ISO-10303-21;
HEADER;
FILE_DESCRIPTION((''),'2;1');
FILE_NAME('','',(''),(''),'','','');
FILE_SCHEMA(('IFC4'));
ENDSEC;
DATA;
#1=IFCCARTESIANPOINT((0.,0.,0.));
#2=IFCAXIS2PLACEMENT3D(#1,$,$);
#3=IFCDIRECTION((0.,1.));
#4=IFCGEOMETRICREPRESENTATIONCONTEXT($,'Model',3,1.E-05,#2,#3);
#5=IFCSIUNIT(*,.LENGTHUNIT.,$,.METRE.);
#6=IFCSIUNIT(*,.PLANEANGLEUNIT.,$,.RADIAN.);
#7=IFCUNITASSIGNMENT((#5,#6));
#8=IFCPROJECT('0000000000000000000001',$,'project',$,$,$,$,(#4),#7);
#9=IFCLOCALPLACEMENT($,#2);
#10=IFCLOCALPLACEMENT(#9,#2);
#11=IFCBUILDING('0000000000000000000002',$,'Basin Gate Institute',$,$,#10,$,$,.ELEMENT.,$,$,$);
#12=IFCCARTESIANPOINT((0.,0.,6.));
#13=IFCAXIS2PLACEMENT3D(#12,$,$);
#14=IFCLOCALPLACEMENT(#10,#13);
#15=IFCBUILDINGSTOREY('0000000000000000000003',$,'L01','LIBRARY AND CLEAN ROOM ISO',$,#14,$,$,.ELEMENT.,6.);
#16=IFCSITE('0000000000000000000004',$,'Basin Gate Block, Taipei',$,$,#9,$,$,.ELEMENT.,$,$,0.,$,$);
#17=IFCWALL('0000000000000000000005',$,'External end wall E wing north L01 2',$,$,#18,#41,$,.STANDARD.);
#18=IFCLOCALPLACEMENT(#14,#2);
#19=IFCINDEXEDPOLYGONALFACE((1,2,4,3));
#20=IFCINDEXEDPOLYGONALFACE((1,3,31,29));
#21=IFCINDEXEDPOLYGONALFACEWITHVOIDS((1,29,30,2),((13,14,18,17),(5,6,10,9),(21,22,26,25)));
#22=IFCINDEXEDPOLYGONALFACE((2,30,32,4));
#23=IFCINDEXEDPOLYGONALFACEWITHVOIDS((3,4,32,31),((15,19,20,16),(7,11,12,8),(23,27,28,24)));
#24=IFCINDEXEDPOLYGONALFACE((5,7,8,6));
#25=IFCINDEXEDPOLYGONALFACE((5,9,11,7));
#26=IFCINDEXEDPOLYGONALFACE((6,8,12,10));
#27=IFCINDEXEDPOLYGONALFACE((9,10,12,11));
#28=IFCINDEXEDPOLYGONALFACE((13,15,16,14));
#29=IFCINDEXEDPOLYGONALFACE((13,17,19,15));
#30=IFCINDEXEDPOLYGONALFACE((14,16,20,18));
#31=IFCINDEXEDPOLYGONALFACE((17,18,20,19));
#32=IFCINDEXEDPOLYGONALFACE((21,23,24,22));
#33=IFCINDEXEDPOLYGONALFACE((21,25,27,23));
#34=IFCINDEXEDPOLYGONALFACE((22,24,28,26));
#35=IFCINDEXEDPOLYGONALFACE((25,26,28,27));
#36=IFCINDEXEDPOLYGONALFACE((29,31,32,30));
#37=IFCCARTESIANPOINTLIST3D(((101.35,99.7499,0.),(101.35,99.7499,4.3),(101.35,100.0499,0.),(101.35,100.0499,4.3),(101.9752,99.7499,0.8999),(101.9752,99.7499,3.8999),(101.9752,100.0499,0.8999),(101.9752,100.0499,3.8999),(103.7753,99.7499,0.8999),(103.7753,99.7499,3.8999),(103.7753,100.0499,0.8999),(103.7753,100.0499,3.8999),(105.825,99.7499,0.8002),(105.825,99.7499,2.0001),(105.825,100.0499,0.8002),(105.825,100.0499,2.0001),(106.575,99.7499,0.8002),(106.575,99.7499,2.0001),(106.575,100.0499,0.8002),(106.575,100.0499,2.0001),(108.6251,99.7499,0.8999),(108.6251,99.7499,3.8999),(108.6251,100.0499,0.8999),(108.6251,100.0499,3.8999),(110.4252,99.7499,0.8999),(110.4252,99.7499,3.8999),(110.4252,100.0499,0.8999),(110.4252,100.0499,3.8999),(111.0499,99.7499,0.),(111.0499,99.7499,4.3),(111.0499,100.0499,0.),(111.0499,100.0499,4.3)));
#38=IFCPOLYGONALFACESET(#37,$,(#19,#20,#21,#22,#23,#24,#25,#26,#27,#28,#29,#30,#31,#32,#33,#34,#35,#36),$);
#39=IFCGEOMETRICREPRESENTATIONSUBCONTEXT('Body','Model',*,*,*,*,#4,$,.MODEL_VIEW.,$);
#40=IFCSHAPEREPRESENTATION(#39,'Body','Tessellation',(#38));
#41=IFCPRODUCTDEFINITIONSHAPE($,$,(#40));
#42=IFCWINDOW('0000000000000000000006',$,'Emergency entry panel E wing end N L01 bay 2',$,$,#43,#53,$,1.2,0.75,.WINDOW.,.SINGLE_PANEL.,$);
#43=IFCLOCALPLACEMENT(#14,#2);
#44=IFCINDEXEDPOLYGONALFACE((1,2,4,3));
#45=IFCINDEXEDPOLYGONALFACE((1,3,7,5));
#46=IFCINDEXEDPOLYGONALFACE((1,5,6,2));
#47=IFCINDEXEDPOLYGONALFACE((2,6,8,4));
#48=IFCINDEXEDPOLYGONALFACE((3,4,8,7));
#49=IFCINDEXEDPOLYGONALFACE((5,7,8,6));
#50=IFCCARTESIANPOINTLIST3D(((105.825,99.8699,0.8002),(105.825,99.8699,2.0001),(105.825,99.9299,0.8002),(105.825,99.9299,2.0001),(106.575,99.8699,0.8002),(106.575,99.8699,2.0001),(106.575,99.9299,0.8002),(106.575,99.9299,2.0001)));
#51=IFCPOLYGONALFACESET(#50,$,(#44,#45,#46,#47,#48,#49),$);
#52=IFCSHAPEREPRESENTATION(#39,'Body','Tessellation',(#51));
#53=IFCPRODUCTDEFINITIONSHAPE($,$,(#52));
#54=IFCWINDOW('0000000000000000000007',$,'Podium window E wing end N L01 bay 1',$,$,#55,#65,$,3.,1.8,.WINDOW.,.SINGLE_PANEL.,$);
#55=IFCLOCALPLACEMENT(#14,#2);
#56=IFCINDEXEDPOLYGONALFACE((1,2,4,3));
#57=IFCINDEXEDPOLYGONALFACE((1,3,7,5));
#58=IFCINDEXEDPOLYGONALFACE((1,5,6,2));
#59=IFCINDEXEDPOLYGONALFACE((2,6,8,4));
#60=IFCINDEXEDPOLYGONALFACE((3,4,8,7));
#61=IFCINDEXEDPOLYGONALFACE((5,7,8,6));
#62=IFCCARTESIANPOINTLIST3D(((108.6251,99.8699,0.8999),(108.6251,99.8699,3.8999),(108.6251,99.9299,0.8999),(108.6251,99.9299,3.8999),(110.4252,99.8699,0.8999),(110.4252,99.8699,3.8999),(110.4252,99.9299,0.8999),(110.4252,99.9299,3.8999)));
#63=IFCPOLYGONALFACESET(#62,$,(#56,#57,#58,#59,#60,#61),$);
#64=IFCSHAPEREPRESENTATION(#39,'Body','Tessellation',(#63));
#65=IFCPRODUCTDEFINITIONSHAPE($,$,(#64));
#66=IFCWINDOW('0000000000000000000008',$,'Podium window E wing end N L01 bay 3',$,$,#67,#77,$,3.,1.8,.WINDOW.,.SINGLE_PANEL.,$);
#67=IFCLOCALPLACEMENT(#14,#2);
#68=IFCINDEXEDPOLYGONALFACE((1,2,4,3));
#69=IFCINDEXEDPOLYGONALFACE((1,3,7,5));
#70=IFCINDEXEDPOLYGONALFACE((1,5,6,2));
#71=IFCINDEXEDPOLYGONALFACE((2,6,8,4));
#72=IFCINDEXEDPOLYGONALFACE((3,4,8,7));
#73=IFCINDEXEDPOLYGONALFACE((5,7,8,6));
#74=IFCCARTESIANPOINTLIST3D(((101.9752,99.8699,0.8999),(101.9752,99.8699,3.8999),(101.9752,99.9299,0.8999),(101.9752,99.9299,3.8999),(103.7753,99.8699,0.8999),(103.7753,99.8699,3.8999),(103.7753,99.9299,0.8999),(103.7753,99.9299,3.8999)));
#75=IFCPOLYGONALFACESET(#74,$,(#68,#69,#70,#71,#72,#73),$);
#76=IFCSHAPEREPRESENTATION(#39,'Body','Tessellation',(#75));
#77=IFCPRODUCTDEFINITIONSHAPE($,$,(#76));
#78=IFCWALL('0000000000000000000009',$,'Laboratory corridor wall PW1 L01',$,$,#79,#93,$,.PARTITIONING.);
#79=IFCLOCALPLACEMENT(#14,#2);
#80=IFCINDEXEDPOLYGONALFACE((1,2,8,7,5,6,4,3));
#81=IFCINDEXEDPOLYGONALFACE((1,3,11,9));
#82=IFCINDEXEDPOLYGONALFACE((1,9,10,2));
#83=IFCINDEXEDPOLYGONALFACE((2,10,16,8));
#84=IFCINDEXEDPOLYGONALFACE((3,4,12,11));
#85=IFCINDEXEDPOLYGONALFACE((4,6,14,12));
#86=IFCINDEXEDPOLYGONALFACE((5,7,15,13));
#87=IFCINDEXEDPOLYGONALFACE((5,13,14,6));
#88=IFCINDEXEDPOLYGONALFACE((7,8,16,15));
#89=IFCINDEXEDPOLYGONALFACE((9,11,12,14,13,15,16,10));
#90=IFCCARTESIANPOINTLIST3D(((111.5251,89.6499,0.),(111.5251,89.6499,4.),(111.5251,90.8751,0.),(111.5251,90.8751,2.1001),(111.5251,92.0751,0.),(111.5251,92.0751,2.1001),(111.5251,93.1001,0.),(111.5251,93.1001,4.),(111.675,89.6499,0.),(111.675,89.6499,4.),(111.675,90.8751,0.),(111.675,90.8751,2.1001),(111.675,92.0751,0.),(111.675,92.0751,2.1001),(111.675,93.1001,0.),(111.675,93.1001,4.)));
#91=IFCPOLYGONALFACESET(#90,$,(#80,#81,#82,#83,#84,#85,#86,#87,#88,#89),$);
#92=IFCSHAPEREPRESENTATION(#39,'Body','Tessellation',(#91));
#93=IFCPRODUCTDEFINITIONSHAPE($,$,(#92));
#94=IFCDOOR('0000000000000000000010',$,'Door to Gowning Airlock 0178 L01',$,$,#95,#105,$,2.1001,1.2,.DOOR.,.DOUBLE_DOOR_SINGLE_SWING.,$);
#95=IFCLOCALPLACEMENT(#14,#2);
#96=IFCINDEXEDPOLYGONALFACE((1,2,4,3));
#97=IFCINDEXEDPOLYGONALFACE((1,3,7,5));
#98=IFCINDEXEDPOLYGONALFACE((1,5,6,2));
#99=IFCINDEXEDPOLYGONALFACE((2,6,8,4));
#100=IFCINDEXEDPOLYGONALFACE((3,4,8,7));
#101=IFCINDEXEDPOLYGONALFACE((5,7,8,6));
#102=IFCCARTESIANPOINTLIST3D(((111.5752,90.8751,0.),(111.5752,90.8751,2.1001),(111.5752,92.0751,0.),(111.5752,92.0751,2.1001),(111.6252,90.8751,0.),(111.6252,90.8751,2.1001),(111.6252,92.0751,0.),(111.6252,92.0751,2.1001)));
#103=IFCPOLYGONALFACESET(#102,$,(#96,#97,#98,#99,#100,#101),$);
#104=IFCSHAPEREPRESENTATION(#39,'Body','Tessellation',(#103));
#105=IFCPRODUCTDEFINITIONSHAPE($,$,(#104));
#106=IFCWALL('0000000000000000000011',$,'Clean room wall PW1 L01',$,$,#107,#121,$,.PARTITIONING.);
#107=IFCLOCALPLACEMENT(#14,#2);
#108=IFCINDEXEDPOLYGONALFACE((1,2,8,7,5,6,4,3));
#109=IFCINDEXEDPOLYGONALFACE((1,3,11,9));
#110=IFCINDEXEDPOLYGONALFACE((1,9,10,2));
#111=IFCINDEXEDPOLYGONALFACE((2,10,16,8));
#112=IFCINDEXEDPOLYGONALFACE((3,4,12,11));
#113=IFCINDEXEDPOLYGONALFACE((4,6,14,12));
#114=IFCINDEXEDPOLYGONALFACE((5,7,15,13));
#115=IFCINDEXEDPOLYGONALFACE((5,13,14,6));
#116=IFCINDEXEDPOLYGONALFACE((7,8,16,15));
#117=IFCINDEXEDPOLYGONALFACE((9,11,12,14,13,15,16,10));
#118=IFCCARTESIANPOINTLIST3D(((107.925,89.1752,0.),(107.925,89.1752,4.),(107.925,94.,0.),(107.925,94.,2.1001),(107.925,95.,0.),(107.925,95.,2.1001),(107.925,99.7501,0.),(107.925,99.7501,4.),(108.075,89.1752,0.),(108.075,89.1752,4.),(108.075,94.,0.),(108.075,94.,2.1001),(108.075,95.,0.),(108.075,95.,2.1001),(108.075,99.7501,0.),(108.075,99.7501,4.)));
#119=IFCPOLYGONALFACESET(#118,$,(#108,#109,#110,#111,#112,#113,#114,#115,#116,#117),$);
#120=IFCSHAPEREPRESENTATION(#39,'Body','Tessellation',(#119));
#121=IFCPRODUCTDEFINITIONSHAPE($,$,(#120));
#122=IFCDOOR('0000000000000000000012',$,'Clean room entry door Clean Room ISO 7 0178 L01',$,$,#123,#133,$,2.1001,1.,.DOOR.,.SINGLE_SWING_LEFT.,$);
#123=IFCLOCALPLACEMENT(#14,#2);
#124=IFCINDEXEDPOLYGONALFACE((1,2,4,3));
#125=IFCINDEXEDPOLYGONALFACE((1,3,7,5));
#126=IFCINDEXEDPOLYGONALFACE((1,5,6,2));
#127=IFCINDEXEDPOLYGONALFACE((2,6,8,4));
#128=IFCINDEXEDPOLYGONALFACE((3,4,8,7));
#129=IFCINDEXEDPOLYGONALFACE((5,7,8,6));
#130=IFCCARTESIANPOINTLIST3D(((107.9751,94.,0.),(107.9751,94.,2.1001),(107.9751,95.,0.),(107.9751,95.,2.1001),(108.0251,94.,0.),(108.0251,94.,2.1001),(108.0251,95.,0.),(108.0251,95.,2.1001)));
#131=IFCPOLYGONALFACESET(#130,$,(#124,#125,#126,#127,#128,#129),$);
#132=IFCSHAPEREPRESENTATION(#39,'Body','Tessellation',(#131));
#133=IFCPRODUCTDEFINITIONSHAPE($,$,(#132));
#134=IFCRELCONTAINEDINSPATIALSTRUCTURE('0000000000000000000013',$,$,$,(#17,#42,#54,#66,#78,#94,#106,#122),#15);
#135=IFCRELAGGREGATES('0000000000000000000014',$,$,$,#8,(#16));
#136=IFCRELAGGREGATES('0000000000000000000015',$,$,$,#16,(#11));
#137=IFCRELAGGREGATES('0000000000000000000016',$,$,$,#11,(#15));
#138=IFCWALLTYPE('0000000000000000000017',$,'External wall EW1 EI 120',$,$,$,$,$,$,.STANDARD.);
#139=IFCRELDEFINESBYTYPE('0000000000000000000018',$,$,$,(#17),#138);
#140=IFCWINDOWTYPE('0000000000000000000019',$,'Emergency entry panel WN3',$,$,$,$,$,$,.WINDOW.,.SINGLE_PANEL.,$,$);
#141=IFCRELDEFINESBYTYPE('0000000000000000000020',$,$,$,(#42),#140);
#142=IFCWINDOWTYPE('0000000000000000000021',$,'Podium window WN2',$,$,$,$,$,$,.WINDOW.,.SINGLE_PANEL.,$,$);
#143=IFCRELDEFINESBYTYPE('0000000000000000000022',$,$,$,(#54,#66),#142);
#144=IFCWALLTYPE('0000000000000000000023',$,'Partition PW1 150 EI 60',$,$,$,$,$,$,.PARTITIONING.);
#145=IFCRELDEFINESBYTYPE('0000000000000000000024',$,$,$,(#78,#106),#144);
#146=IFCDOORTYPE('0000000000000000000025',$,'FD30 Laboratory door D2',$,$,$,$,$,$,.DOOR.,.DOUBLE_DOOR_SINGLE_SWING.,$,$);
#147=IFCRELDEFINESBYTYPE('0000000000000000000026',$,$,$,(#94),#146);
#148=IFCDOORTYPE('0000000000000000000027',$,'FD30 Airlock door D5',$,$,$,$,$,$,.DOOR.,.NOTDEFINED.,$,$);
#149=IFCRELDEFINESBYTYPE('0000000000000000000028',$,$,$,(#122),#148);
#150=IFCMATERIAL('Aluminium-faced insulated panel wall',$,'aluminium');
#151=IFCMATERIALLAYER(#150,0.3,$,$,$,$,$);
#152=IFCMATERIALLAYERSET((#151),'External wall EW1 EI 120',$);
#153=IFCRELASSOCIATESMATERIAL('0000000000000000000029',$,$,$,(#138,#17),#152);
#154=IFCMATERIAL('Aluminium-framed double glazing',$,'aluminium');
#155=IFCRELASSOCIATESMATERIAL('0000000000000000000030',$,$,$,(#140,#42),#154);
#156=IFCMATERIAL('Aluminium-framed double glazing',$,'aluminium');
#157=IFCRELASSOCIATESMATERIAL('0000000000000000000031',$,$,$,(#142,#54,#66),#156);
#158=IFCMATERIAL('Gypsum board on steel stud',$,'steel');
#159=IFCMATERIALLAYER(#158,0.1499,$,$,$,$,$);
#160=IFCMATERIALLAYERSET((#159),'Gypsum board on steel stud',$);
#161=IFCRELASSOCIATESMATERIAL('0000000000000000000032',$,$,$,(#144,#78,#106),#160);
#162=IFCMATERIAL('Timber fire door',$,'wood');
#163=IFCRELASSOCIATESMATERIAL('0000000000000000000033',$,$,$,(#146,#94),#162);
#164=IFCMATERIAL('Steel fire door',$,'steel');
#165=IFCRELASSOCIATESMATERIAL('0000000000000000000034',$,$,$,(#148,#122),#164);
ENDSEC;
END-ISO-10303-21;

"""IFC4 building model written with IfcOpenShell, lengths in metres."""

from ifc_helpers import new_model, si_unit, direction, frame, frame_2d, origin, place, context, subcontext, project, spatial, rectangle, extrude, material, layer, layer_set, type_object, element, fill, save


model = new_model("IFC4")

# Units and contexts
model_context = context("Model", 3, precision=1e-05, world=origin(), true_north=direction((0.0, 1.0)))
body_context = subcontext(model_context, "Body", "Model", "MODEL_VIEW")
ifc_project = project(units=[si_unit("LENGTHUNIT", "METRE"), si_unit("PLANEANGLEUNIT", "RADIAN")], contexts=[model_context])

# Site, building, storey
site_placement = place(None, origin())
site = spatial("IfcSite", under=ifc_project, at=site_placement, Name="Basin Gate Block, Taipei", CompositionType="ELEMENT", RefElevation=0.0)
building_placement = place(site_placement, origin())
building = spatial("IfcBuilding", under=site, at=building_placement, Name="Basin Gate Institute", CompositionType="ELEMENT")
storey_placement = place(building_placement, frame((0.0, 0.0, 6.0)))
storey = spatial("IfcBuildingStorey", under=building, at=storey_placement, Name="L01", Description="LIBRARY AND CLEAN ROOM ISO", CompositionType="ELEMENT", Elevation=6.0)

# Wall, openings, windows
ifc_material_1 = material(Name="Aluminium-faced insulated panel wall", Category="aluminium")
ifc_layer_1 = layer(ifc_material_1, 0.3)
ifc_layer_set_1 = layer_set([ifc_layer_1], Name="External wall EW1 EI 120")
wall_type_1 = type_object("IfcWallType", Name="External wall EW1 EI 120", PredefinedType="STANDARD", material=ifc_layer_set_1)
wall_1_placement = place(storey_placement, frame((111.05, 99.8999, 0.0), z_axis=(0.0, 0.0, 1.0), x_axis=(-1.0, 0.0, 0.0)))
wall_1 = element("IfcWall", 1, at=wall_1_placement, inside=storey, type_object=wall_type_1, material=ifc_layer_set_1, Name="External end wall E wing north L01 2", PredefinedType="STANDARD", context=body_context, shape_type="SweptSolid", body=[
    extrude(rectangle(XDim=9.7, YDim=0.3, at=frame_2d((4.8501, 0.0))), origin(), (0.0, 0.0, 1.0), 4.3),
])
opening_1_placement = place(wall_1_placement, frame((0.625, 0.0, 0.8999)))
opening_1 = element("IfcOpeningElement", 2, at=opening_1_placement, cuts=wall_1, PredefinedType="OPENING", context=body_context, shape_type="SweptSolid", body=[
    extrude(rectangle(XDim=1.8, YDim=3.0, at=frame_2d((0.8999, 1.5))), frame((0.0, 0.1602, 0.0), z_axis=(0.0, -1.0, 0.0), x_axis=(1.0, 0.0, 0.0)), (0.0, 0.0, 1.0), 0.3201),
])
opening_2_placement = place(wall_1_placement, frame((4.4751, 0.0, 0.8)))
opening_2 = element("IfcOpeningElement", 3, at=opening_2_placement, cuts=wall_1, PredefinedType="OPENING", context=body_context, shape_type="SweptSolid", body=[
    extrude(rectangle(XDim=0.75, YDim=1.2, at=frame_2d((0.375, 0.6001))), frame((0.0, 0.1602, 0.0), z_axis=(0.0, -1.0, 0.0), x_axis=(1.0, 0.0, 0.0)), (0.0, 0.0, 1.0), 0.3201),
])
opening_3_placement = place(wall_1_placement, frame((7.2749, 0.0, 0.8999)))
opening_3 = element("IfcOpeningElement", 4, at=opening_3_placement, cuts=wall_1, PredefinedType="OPENING", context=body_context, shape_type="SweptSolid", body=[
    extrude(rectangle(XDim=1.8, YDim=3.0, at=frame_2d((0.8999, 1.5))), frame((0.0, 0.1602, 0.0), z_axis=(0.0, -1.0, 0.0), x_axis=(1.0, 0.0, 0.0)), (0.0, 0.0, 1.0), 0.3201),
])
ifc_material_2 = material(Name="Aluminium-framed double glazing", Category="aluminium")
window_type_1 = type_object("IfcWindowType", Name="Emergency entry panel WN3", PartitioningType="SINGLE_PANEL", PredefinedType="WINDOW", material=ifc_material_2)
window_1_placement = place(opening_2_placement, origin())
window_1 = element("IfcWindow", 5, at=window_1_placement, inside=storey, type_object=window_type_1, material=ifc_material_2, Name="Emergency entry panel E wing end N L01 bay 2", OverallHeight=1.2, OverallWidth=0.75, PartitioningType="SINGLE_PANEL", PredefinedType="WINDOW", context=body_context, shape_type="SweptSolid", body=[
    extrude(rectangle(XDim=0.75, YDim=1.2, at=frame_2d((0.375, 0.6001))), frame((0.0, 0.03, 0.0), z_axis=(0.0, -1.0, 0.0), x_axis=(1.0, 0.0, 0.0)), (0.0, 0.0, 1.0), 0.0601),
])
fill(opening_2, window_1)
ifc_material_3 = material(Name="Aluminium-framed double glazing", Category="aluminium")
window_type_2 = type_object("IfcWindowType", Name="Podium window WN2", PartitioningType="SINGLE_PANEL", PredefinedType="WINDOW", material=ifc_material_3)
window_2_placement = place(opening_1_placement, origin())
window_2 = element("IfcWindow", 6, at=window_2_placement, inside=storey, type_object=window_type_2, material=ifc_material_3, Name="Podium window E wing end N L01 bay 1", OverallHeight=3.0, OverallWidth=1.8, PartitioningType="SINGLE_PANEL", PredefinedType="WINDOW", context=body_context, shape_type="SweptSolid", body=[
    extrude(rectangle(XDim=1.8, YDim=3.0, at=frame_2d((0.8999, 1.5))), frame((0.0, 0.03, 0.0), z_axis=(0.0, -1.0, 0.0), x_axis=(1.0, 0.0, 0.0)), (0.0, 0.0, 1.0), 0.0601),
])
fill(opening_1, window_2)
window_3_placement = place(opening_3_placement, origin())
window_3 = element("IfcWindow", 7, at=window_3_placement, inside=storey, type_object=window_type_2, material=ifc_material_3, Name="Podium window E wing end N L01 bay 3", OverallHeight=3.0, OverallWidth=1.8, PartitioningType="SINGLE_PANEL", PredefinedType="WINDOW", context=body_context, shape_type="SweptSolid", body=[
    extrude(rectangle(XDim=1.8, YDim=3.0, at=frame_2d((0.8999, 1.5))), frame((0.0, 0.03, 0.0), z_axis=(0.0, -1.0, 0.0), x_axis=(1.0, 0.0, 0.0)), (0.0, 0.0, 1.0), 0.0601),
])
fill(opening_3, window_3)

# Walls, openings, doors
ifc_material_4 = material(Name="Gypsum board on steel stud", Category="steel")
ifc_layer_2 = layer(ifc_material_4, 0.1499)
ifc_layer_set_2 = layer_set([ifc_layer_2], Name="Gypsum board on steel stud")
wall_type_2 = type_object("IfcWallType", Name="Partition PW1 150 EI 60", PredefinedType="PARTITIONING", material=ifc_layer_set_2)
wall_2_placement = place(storey_placement, frame((111.6001, 89.6499, 0.0), z_axis=(0.0, 0.0, 1.0), x_axis=(0.0, 1.0, 0.0)))
wall_2 = element("IfcWall", 8, at=wall_2_placement, inside=storey, type_object=wall_type_2, material=ifc_layer_set_2, Name="Laboratory corridor wall PW1 L01", PredefinedType="PARTITIONING", context=body_context, shape_type="SweptSolid", body=[
    extrude(rectangle(XDim=3.4502, YDim=0.1499, at=frame_2d((1.7251, 0.0))), origin(), (0.0, 0.0, 1.0), 4.0),
])
opening_4_placement = place(wall_2_placement, frame((1.2251, 0.0, 0.0)))
opening_4 = element("IfcOpeningElement", 9, at=opening_4_placement, cuts=wall_2, PredefinedType="OPENING", context=body_context, shape_type="SweptSolid", body=[
    extrude(rectangle(XDim=1.2, YDim=2.1001, at=frame_2d((0.6001, 1.05))), frame((0.0, 0.085, 0.0), z_axis=(0.0, -1.0, 0.0), x_axis=(1.0, 0.0, 0.0)), (0.0, 0.0, 1.0), 0.1699),
])
ifc_material_5 = material(Name="Timber fire door", Category="wood")
door_type_1 = type_object("IfcDoorType", Name="FD30 Laboratory door D2", OperationType="DOUBLE_DOOR_SINGLE_SWING", PredefinedType="DOOR", material=ifc_material_5)
door_1_placement = place(opening_4_placement, origin())
door_1 = element("IfcDoor", 10, at=door_1_placement, inside=storey, type_object=door_type_1, material=ifc_material_5, Name="Door to Gowning Airlock 0178 L01", OperationType="DOUBLE_DOOR_SINGLE_SWING", OverallHeight=2.1001, OverallWidth=1.2, PredefinedType="DOOR", context=body_context, shape_type="SweptSolid", body=[
    extrude(rectangle(XDim=1.2, YDim=2.1001, at=frame_2d((0.6001, 1.05))), frame((0.0, 0.0249, 0.0), z_axis=(0.0, -1.0, 0.0), x_axis=(1.0, 0.0, 0.0)), (0.0, 0.0, 1.0), 0.05),
])
fill(opening_4, door_1)
wall_3_placement = place(storey_placement, frame((108.0, 89.175, 0.0), z_axis=(0.0, 0.0, 1.0), x_axis=(0.0, 1.0, 0.0)))
wall_3 = element("IfcWall", 11, at=wall_3_placement, inside=storey, type_object=wall_type_2, material=ifc_layer_set_2, Name="Clean room wall PW1 L01", PredefinedType="PARTITIONING", context=body_context, shape_type="SweptSolid", body=[
    extrude(rectangle(XDim=10.575, YDim=0.1499, at=frame_2d((5.2876, 0.0))), origin(), (0.0, 0.0, 1.0), 4.0),
])
opening_5_placement = place(wall_3_placement, frame((4.825, 0.0, 0.0)))
opening_5 = element("IfcOpeningElement", 12, at=opening_5_placement, cuts=wall_3, PredefinedType="OPENING", context=body_context, shape_type="SweptSolid", body=[
    extrude(rectangle(XDim=1.0, YDim=2.1001, at=frame_2d((0.5, 1.05))), frame((0.0, 0.085, 0.0), z_axis=(0.0, -1.0, 0.0), x_axis=(1.0, 0.0, 0.0)), (0.0, 0.0, 1.0), 0.1699),
])
ifc_material_6 = material(Name="Steel fire door", Category="steel")
door_type_2 = type_object("IfcDoorType", Name="FD30 Airlock door D5", OperationType="NOTDEFINED", PredefinedType="DOOR", material=ifc_material_6)
door_2_placement = place(opening_5_placement, origin())
door_2 = element("IfcDoor", 13, at=door_2_placement, inside=storey, type_object=door_type_2, material=ifc_material_6, Name="Clean room entry door Clean Room ISO 7 0178 L01", OperationType="SINGLE_SWING_LEFT", OverallHeight=2.1001, OverallWidth=1.0, PredefinedType="DOOR", context=body_context, shape_type="SweptSolid", body=[
    extrude(rectangle(XDim=1.0, YDim=2.1001, at=frame_2d((0.5, 1.05))), frame((0.0, 0.0249, 0.0), z_axis=(0.0, -1.0, 0.0), x_axis=(1.0, 0.0, 0.0)), (0.0, 0.0, 1.0), 0.05),
])
fill(opening_5, door_2)

save(model, "model.ifc")
